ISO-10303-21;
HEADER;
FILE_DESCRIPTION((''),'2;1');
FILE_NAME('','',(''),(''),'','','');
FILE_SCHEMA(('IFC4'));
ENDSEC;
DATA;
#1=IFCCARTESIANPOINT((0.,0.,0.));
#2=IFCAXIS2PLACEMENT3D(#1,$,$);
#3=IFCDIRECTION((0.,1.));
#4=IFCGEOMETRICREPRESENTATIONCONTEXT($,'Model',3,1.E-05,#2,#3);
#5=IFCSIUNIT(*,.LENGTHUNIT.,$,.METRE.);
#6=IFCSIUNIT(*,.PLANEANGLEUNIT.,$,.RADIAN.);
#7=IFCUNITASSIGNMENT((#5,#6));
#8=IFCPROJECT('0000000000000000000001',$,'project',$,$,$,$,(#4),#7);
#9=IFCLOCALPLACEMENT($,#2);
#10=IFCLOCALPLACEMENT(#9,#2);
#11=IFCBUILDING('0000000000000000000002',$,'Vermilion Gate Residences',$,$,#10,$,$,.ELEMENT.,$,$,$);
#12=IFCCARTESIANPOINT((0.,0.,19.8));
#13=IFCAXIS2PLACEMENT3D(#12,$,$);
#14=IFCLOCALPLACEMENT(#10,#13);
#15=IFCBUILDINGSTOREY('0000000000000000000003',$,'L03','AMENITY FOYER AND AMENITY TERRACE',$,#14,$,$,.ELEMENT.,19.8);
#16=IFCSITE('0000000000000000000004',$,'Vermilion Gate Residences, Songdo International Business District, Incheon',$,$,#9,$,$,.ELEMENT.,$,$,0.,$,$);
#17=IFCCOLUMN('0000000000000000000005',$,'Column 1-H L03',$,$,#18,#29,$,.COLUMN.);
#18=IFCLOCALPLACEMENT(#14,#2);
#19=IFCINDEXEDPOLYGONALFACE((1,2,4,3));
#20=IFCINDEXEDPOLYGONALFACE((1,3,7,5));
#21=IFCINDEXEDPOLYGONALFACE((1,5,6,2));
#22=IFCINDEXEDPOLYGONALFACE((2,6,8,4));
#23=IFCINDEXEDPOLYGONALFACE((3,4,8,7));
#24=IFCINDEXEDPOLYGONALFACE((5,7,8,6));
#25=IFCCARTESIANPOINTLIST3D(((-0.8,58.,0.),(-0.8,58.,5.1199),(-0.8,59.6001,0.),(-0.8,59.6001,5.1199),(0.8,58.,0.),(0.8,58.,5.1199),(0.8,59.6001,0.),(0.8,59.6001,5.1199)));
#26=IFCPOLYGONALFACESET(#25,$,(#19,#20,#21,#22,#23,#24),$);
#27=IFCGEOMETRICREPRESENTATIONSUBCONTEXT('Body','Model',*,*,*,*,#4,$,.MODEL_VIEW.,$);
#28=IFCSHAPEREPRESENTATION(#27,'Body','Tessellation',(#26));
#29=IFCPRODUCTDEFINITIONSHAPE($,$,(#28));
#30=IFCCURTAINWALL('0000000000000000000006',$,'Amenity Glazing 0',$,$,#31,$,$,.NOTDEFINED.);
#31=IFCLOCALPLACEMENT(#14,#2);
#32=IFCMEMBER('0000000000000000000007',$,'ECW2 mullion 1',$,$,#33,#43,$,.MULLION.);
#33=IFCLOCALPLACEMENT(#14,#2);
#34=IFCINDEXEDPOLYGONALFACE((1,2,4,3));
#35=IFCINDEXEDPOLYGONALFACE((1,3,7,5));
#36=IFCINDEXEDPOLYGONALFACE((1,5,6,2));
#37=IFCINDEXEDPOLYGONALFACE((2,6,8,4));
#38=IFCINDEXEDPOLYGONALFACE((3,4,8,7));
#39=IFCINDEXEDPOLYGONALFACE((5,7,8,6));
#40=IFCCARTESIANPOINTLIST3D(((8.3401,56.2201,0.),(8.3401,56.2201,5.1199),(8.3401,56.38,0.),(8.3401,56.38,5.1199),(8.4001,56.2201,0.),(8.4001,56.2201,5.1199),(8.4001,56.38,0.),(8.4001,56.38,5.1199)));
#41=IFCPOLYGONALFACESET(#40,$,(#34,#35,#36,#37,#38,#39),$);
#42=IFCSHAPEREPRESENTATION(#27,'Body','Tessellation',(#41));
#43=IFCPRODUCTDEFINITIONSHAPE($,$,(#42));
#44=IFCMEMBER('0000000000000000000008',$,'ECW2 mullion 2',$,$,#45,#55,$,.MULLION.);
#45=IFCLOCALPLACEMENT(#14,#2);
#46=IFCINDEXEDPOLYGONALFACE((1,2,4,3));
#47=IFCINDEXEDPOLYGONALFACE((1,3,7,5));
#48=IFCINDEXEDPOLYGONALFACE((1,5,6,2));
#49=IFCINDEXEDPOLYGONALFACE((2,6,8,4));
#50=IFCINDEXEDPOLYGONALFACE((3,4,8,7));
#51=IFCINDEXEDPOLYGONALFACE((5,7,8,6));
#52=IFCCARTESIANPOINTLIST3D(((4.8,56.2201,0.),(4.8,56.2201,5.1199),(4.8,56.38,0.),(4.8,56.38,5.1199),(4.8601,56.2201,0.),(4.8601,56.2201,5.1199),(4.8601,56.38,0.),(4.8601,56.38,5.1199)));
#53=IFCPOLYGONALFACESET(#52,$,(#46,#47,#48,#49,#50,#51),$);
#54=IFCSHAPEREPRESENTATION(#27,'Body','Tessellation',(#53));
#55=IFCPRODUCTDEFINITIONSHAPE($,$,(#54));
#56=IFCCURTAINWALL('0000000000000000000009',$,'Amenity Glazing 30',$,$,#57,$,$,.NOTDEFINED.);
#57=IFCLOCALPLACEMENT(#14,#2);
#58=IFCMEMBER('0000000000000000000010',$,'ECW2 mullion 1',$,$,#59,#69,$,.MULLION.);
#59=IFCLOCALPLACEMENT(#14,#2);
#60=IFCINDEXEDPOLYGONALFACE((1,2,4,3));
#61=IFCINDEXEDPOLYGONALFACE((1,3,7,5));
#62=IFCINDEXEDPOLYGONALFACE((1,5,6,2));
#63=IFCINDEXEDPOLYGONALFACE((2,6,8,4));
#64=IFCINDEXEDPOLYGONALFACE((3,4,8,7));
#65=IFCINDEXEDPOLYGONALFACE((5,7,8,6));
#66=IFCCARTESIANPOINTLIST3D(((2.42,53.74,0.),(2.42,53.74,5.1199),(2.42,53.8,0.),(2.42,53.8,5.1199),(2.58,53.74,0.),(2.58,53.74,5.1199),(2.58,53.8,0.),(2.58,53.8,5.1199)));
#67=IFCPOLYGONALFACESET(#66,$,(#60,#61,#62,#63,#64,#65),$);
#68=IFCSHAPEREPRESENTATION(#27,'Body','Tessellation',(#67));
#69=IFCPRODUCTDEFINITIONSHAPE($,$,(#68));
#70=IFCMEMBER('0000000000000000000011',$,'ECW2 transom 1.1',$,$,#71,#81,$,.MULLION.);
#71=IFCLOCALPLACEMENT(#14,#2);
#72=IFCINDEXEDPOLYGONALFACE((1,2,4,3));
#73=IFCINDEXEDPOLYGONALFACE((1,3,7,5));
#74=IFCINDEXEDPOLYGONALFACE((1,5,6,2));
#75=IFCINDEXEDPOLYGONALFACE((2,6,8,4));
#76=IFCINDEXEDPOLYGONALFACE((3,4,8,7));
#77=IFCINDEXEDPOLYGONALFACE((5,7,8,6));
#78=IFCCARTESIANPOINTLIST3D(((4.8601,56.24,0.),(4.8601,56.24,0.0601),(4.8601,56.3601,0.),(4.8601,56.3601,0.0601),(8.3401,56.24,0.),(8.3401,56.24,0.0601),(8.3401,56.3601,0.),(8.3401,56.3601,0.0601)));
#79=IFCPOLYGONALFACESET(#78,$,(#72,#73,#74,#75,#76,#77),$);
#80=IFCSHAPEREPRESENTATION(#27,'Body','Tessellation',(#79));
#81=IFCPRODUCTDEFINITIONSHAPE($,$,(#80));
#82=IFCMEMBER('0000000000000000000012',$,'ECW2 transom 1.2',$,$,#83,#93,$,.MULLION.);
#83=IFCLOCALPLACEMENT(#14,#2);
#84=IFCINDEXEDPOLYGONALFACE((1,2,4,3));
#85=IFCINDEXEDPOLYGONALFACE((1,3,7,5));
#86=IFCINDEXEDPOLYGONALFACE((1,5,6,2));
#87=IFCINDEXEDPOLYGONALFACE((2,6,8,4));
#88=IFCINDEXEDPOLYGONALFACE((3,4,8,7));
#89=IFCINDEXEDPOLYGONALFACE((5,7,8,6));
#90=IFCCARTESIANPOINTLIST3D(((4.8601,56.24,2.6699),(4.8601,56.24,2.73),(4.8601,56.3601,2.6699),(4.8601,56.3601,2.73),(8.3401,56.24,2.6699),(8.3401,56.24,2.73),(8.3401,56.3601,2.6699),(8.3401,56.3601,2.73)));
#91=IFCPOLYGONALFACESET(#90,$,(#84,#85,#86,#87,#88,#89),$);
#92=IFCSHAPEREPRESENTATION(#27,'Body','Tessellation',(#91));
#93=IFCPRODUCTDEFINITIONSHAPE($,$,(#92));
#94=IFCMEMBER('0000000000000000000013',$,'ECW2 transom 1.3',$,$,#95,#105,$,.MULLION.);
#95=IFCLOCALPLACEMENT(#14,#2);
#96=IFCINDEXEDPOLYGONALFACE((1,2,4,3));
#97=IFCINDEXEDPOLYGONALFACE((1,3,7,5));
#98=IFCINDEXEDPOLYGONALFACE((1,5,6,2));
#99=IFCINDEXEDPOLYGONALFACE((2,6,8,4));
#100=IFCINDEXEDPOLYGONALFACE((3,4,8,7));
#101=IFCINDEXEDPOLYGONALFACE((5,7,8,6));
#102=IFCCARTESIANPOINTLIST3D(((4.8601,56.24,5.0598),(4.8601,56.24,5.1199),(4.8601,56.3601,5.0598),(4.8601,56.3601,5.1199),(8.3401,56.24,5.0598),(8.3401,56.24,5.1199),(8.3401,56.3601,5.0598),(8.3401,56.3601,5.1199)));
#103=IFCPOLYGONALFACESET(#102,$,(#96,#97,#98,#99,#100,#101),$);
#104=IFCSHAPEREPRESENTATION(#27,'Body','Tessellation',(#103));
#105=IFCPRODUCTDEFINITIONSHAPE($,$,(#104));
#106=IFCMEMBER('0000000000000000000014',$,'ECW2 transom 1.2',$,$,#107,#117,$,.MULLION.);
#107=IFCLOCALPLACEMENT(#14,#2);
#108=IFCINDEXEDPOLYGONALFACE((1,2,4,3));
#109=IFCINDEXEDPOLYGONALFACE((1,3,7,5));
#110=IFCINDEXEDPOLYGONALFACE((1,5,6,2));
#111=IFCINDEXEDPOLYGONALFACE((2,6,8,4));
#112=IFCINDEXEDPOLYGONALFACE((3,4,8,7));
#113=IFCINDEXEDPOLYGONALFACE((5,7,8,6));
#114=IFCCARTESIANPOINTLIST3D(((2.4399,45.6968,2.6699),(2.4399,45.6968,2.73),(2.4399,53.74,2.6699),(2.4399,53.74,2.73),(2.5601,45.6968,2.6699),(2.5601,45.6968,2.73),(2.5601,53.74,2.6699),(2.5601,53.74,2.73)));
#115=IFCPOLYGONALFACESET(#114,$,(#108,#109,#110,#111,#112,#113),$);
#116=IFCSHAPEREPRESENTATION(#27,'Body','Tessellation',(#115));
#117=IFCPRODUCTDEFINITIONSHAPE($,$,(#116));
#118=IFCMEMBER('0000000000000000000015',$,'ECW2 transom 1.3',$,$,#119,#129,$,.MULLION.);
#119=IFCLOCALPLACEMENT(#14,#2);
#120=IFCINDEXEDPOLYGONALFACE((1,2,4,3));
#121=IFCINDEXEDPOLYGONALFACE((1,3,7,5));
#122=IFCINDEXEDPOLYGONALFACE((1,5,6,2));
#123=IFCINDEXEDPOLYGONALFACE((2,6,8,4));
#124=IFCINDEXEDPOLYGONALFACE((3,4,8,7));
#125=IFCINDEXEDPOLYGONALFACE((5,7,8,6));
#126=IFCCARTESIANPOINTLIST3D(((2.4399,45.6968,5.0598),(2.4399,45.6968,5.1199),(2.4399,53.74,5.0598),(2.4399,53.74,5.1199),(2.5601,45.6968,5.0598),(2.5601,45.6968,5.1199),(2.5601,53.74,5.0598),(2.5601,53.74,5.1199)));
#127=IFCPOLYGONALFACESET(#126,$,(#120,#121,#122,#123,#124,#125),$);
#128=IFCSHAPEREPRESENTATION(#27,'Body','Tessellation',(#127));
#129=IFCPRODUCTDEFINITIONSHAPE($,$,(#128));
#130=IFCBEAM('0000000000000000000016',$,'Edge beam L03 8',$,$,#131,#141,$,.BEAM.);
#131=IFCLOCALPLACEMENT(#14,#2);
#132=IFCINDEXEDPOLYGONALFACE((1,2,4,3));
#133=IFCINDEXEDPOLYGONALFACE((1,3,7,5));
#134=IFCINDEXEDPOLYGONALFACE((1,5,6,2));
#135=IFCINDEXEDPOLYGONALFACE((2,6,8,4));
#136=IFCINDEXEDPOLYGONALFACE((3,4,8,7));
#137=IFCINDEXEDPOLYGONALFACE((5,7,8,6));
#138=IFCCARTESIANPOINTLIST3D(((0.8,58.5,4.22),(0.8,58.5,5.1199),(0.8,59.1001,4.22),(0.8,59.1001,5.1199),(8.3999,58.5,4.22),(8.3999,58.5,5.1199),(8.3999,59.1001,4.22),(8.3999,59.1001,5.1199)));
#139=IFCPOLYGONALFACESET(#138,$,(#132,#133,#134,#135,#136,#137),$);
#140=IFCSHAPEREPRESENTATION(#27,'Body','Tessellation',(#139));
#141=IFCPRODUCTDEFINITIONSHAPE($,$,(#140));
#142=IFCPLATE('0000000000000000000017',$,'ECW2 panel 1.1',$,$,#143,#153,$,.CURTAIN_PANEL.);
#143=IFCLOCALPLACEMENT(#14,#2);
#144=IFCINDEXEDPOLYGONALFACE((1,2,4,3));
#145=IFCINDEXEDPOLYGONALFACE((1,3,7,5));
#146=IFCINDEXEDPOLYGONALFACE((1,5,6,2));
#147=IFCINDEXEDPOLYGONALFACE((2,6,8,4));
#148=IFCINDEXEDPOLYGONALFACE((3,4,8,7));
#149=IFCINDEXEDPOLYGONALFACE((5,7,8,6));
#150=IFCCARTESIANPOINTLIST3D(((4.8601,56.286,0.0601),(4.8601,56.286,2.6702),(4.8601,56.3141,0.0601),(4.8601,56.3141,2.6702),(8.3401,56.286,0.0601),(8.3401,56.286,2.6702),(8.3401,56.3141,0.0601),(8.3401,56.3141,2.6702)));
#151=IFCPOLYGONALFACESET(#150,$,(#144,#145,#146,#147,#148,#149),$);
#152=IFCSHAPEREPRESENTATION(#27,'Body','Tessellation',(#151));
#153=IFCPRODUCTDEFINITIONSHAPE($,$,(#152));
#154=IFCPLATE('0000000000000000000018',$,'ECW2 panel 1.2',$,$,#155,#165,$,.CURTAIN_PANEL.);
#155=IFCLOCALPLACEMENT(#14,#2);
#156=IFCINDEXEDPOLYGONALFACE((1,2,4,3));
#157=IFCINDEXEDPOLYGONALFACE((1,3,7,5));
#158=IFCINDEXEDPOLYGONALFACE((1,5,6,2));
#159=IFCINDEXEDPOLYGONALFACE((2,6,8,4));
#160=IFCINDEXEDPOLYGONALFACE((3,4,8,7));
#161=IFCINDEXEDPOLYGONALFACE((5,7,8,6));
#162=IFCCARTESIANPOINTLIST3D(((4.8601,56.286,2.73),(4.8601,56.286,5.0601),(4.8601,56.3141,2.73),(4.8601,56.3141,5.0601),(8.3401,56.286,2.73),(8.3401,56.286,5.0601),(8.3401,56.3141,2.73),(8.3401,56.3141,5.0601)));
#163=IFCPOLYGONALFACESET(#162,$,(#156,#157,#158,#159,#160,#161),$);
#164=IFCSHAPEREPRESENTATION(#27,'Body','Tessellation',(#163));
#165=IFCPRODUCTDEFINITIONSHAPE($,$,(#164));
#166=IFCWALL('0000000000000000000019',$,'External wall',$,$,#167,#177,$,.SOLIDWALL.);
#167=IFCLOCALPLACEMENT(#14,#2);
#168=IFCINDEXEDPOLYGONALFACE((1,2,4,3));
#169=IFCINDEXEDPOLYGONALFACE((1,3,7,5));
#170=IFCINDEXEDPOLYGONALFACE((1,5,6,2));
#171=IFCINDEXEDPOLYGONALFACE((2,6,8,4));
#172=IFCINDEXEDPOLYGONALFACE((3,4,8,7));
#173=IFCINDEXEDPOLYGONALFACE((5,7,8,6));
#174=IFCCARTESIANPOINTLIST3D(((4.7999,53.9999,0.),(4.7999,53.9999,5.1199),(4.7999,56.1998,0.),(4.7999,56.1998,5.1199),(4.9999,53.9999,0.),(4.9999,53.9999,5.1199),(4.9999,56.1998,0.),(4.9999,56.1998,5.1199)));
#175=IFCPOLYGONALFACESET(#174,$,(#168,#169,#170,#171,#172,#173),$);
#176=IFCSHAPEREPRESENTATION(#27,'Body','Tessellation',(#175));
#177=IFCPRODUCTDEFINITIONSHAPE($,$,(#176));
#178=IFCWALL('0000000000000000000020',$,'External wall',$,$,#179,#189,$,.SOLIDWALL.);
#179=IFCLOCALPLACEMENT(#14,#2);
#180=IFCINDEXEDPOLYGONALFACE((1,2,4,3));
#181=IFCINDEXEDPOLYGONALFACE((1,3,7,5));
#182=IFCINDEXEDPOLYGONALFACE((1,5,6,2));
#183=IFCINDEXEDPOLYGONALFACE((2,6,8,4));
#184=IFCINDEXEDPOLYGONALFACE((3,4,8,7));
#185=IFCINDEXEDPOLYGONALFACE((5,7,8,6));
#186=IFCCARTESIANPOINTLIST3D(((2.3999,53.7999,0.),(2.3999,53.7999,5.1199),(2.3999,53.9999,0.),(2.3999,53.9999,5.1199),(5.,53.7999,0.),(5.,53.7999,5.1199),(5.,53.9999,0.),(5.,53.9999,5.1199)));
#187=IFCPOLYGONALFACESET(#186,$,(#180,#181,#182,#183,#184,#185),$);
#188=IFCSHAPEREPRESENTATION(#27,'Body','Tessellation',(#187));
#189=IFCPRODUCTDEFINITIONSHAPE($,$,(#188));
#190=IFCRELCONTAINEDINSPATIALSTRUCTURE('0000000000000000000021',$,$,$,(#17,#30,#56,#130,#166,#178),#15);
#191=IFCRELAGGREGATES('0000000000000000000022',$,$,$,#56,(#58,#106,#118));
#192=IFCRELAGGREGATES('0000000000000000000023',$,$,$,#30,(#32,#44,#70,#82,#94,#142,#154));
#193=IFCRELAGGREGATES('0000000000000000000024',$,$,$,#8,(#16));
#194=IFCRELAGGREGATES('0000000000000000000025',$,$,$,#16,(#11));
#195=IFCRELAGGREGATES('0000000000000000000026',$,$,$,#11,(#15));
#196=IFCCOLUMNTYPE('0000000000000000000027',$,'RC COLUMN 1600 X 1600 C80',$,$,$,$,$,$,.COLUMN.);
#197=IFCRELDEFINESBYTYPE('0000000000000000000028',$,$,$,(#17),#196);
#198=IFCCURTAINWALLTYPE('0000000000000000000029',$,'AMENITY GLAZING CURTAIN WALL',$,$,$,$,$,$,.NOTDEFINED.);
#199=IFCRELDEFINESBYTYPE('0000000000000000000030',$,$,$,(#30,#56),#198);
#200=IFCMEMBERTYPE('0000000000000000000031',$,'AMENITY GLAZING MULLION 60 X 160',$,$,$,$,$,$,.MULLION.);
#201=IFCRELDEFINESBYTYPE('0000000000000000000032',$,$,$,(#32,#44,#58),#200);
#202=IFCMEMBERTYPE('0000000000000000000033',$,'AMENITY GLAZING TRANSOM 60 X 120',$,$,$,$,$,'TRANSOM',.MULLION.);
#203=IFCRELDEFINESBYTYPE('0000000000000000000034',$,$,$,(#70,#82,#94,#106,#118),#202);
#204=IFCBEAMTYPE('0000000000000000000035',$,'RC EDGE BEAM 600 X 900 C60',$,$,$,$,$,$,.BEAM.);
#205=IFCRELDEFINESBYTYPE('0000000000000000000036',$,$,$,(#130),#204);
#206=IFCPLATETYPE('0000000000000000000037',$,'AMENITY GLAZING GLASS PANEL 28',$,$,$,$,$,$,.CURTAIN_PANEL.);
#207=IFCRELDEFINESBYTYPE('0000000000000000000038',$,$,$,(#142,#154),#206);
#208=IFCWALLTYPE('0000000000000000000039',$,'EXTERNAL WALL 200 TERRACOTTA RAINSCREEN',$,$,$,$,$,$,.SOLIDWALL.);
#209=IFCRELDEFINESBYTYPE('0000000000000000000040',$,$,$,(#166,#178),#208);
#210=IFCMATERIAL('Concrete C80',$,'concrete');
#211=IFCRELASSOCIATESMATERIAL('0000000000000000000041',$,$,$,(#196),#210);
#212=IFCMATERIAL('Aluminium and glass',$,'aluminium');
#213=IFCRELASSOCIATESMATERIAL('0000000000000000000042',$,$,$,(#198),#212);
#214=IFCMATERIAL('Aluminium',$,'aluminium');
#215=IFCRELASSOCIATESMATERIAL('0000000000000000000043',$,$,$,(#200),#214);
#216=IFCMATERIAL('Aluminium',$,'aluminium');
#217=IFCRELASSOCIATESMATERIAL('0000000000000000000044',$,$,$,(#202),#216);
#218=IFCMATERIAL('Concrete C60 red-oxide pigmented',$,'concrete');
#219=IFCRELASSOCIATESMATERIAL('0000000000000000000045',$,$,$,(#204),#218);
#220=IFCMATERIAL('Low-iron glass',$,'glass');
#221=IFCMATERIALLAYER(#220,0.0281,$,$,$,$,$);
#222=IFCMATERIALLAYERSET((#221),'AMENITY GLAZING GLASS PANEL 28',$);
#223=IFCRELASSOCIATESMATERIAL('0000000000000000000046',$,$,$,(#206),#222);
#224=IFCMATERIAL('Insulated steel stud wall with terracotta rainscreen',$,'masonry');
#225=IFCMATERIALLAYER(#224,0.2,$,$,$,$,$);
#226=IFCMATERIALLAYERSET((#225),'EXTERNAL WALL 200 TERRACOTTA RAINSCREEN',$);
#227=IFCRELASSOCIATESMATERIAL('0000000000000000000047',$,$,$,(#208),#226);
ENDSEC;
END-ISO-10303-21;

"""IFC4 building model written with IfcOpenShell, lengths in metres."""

from ifc_helpers import new_model, si_unit, direction, frame, frame_2d, origin, origin_2d, place, context, subcontext, project, spatial, rectangle, extrude, material, layer, layer_set, material_profile, profile_set, type_object, element, aggregate, save


model = new_model("IFC4")

# Units and contexts
model_context = context("Model", 3, precision=1e-05, world=origin(), true_north=direction((0.0, 1.0)))
body_context = subcontext(model_context, "Body", "Model", "MODEL_VIEW")
ifc_project = project(units=[si_unit("LENGTHUNIT", "METRE"), si_unit("PLANEANGLEUNIT", "RADIAN")], contexts=[model_context])

# Site, building, storey
site_placement = place(None, origin())
site = spatial("IfcSite", under=ifc_project, at=site_placement, Name="Vermilion Gate Residences, Songdo International Business District, Incheon", CompositionType="ELEMENT", RefElevation=0.0)
building_placement = place(site_placement, origin())
building = spatial("IfcBuilding", under=site, at=building_placement, Name="Vermilion Gate Residences", CompositionType="ELEMENT")
storey_placement = place(building_placement, frame((0.0, 0.0, 19.8)))
storey = spatial("IfcBuildingStorey", under=building, at=storey_placement, Name="L03", Description="AMENITY FOYER AND AMENITY TERRACE", CompositionType="ELEMENT", Elevation=19.8)

# Column
ifc_material_1 = material(Name="Concrete C80", Category="concrete")
ifc_material_profile_1 = material_profile(ifc_material_1, rectangle(XDim=1.6001, YDim=1.6001, at=origin_2d()), Name="RC-1600x1600")
ifc_profile_set_1 = profile_set([ifc_material_profile_1], Name="Concrete C80")
column_type = type_object("IfcColumnType", Name="RC COLUMN 1600 X 1600 C80", PredefinedType="COLUMN", material=ifc_profile_set_1)
column_placement = place(storey_placement, frame((0.0, 58.8, 0.0), z_axis=(0.0, 0.0, 1.0), x_axis=(1.0, 0.0, 0.0)))
element("IfcColumn", 1, at=column_placement, inside=storey, type_object=column_type, Name="Column 1-H L03", PredefinedType="COLUMN", context=body_context, shape_type="SweptSolid", body=[
    extrude(rectangle(XDim=1.6001, YDim=1.6001, at=origin_2d()), origin(), (0.0, 0.0, 1.0), 5.1199),
])

# Curtain wall, members
ifc_material_2 = material(Name="Aluminium and glass", Category="aluminium")
curtain_wall_type = type_object("IfcCurtainWallType", Name="AMENITY GLAZING CURTAIN WALL", PredefinedType="NOTDEFINED", material=ifc_material_2)
curtain_wall_1_placement = place(storey_placement, origin())
curtain_wall_1 = element("IfcCurtainWall", 2, at=curtain_wall_1_placement, inside=storey, type_object=curtain_wall_type, Name="Amenity Glazing 0", PredefinedType="NOTDEFINED")
ifc_material_3 = material(Name="Aluminium", Category="aluminium")
ifc_material_profile_2 = material_profile(ifc_material_3, rectangle(XDim=0.1599, YDim=0.0601, at=origin_2d()), Name="MULLION 60 X 160")
ifc_profile_set_2 = profile_set([ifc_material_profile_2], Name="Aluminium")
member_type_1 = type_object("IfcMemberType", Name="AMENITY GLAZING MULLION 60 X 160", PredefinedType="MULLION", material=ifc_profile_set_2)
member_1_placement = place(storey_placement, frame((8.3701, 56.3, 0.0), z_axis=(0.0, 0.0, 1.0), x_axis=(0.0, -1.0, 0.0)))
member_1 = element("IfcMember", 3, at=member_1_placement, type_object=member_type_1, Name="ECW2 mullion 1", PredefinedType="MULLION", context=body_context, shape_type="SweptSolid", body=[
    extrude(rectangle(XDim=0.1599, YDim=0.0601, at=origin_2d()), origin(), (0.0, 0.0, 1.0), 5.1199),
])
member_2_placement = place(storey_placement, frame((4.8301, 56.3, 0.0), z_axis=(0.0, 0.0, 1.0), x_axis=(0.0, -1.0, 0.0)))
member_2 = element("IfcMember", 4, at=member_2_placement, type_object=member_type_1, Name="ECW2 mullion 2", PredefinedType="MULLION", context=body_context, shape_type="SweptSolid", body=[
    extrude(rectangle(XDim=0.1599, YDim=0.0601, at=origin_2d()), origin(), (0.0, 0.0, 1.0), 5.1199),
])

# Curtain wall, member
curtain_wall_2_placement = place(storey_placement, origin())
curtain_wall_2 = element("IfcCurtainWall", 5, at=curtain_wall_2_placement, inside=storey, type_object=curtain_wall_type, Name="Amenity Glazing 30", PredefinedType="NOTDEFINED")
member_3_placement = place(storey_placement, frame((2.5, 53.77, 0.0), z_axis=(0.0, 0.0, 1.0), x_axis=(1.0, 0.0, 0.0)))
member_3 = element("IfcMember", 6, at=member_3_placement, type_object=member_type_1, Name="ECW2 mullion 1", PredefinedType="MULLION", context=body_context, shape_type="SweptSolid", body=[
    extrude(rectangle(XDim=0.1599, YDim=0.0601, at=origin_2d()), origin(), (0.0, 0.0, 1.0), 5.1199),
])

# Members
ifc_material_4 = material(Name="Aluminium", Category="aluminium")
ifc_material_profile_3 = material_profile(ifc_material_4, rectangle(XDim=0.1201, YDim=0.0601, at=origin_2d()), Name="TRANSOM 60 X 120")
ifc_profile_set_3 = profile_set([ifc_material_profile_3], Name="Aluminium")
member_type_2 = type_object("IfcMemberType", Name="AMENITY GLAZING TRANSOM 60 X 120", ElementType="TRANSOM", PredefinedType="MULLION", material=ifc_profile_set_3)
member_4_placement = place(storey_placement, frame((8.3401, 56.3, 0.03), z_axis=(-1.0, 0.0, 0.0), x_axis=(0.0, -1.0, 0.0)))
member_4 = element("IfcMember", 7, at=member_4_placement, type_object=member_type_2, Name="ECW2 transom 1.1", PredefinedType="MULLION", context=body_context, shape_type="SweptSolid", body=[
    extrude(rectangle(XDim=0.1201, YDim=0.0601, at=origin_2d()), origin(), (0.0, 0.0, 1.0), 3.48),
])
member_5_placement = place(storey_placement, frame((8.3401, 56.3, 2.7), z_axis=(-1.0, 0.0, 0.0), x_axis=(0.0, -1.0, 0.0)))
member_5 = element("IfcMember", 8, at=member_5_placement, type_object=member_type_2, Name="ECW2 transom 1.2", PredefinedType="MULLION", context=body_context, shape_type="SweptSolid", body=[
    extrude(rectangle(XDim=0.1201, YDim=0.0601, at=origin_2d()), origin(), (0.0, 0.0, 1.0), 3.48),
])
member_6_placement = place(storey_placement, frame((8.3401, 56.3, 5.0898), z_axis=(-1.0, 0.0, 0.0), x_axis=(0.0, -1.0, 0.0)))
member_6 = element("IfcMember", 9, at=member_6_placement, type_object=member_type_2, Name="ECW2 transom 1.3", PredefinedType="MULLION", context=body_context, shape_type="SweptSolid", body=[
    extrude(rectangle(XDim=0.1201, YDim=0.0601, at=origin_2d()), origin(), (0.0, 0.0, 1.0), 3.48),
])
member_7_placement = place(storey_placement, frame((2.5, 53.74, 2.7), z_axis=(0.0, -1.0, 0.0), x_axis=(1.0, 0.0, 0.0)))
member_7 = element("IfcMember", 10, at=member_7_placement, type_object=member_type_2, Name="ECW2 transom 1.2", PredefinedType="MULLION", context=body_context, shape_type="SweptSolid", body=[
    extrude(rectangle(XDim=0.1201, YDim=0.0601, at=origin_2d()), origin(), (0.0, 0.0, 1.0), 8.0432),
])
member_8_placement = place(storey_placement, frame((2.5, 53.74, 5.0898), z_axis=(0.0, -1.0, 0.0), x_axis=(1.0, 0.0, 0.0)))
member_8 = element("IfcMember", 11, at=member_8_placement, type_object=member_type_2, Name="ECW2 transom 1.3", PredefinedType="MULLION", context=body_context, shape_type="SweptSolid", body=[
    extrude(rectangle(XDim=0.1201, YDim=0.0601, at=origin_2d()), origin(), (0.0, 0.0, 1.0), 8.0432),
])
aggregate(curtain_wall_2, [member_3, member_7, member_8])

# Beam
ifc_material_5 = material(Name="Concrete C60 red-oxide pigmented", Category="concrete")
ifc_material_profile_4 = material_profile(ifc_material_5, rectangle(XDim=0.6001, YDim=0.8999, at=origin_2d()), Name="RC-600x900")
ifc_profile_set_4 = profile_set([ifc_material_profile_4], Name="Concrete C60 red-oxide pigmented")
beam_type = type_object("IfcBeamType", Name="RC EDGE BEAM 600 X 900 C60", PredefinedType="BEAM", material=ifc_profile_set_4)
beam_placement = place(storey_placement, frame((0.8, 58.8, 4.6699), z_axis=(1.0, 0.0, 0.0), x_axis=(0.0, 1.0, 0.0)))
element("IfcBeam", 12, at=beam_placement, inside=storey, type_object=beam_type, Name="Edge beam L03 8", PredefinedType="BEAM", context=body_context, shape_type="SweptSolid", body=[
    extrude(rectangle(XDim=0.6001, YDim=0.8999, at=origin_2d()), origin(), (0.0, 0.0, 1.0), 7.5999),
])

# Plates
ifc_material_6 = material(Name="Low-iron glass", Category="glass")
ifc_layer_1 = layer(ifc_material_6, 0.0281)
ifc_layer_set_1 = layer_set([ifc_layer_1], Name="AMENITY GLAZING GLASS PANEL 28")
plate_type = type_object("IfcPlateType", Name="AMENITY GLAZING GLASS PANEL 28", PredefinedType="CURTAIN_PANEL", material=ifc_layer_set_1)
plate_1_placement = place(storey_placement, frame((6.6001, 56.3, 0.0601), z_axis=(0.0, 0.0, 1.0), x_axis=(-1.0, 0.0, 0.0)))
plate_1 = element("IfcPlate", 13, at=plate_1_placement, type_object=plate_type, Name="ECW2 panel 1.1", PredefinedType="CURTAIN_PANEL", context=body_context, shape_type="SweptSolid", body=[
    extrude(rectangle(XDim=3.48, YDim=0.0281, at=origin_2d()), origin(), (0.0, 0.0, 1.0), 2.6101),
])
plate_2_placement = place(storey_placement, frame((6.6001, 56.3, 2.73), z_axis=(0.0, 0.0, 1.0), x_axis=(-1.0, 0.0, 0.0)))
plate_2 = element("IfcPlate", 14, at=plate_2_placement, type_object=plate_type, Name="ECW2 panel 1.2", PredefinedType="CURTAIN_PANEL", context=body_context, shape_type="SweptSolid", body=[
    extrude(rectangle(XDim=3.48, YDim=0.0281, at=origin_2d()), origin(), (0.0, 0.0, 1.0), 2.3301),
])
aggregate(curtain_wall_1, [member_1, member_2, member_4, member_5, member_6, plate_1, plate_2])

# Walls
ifc_material_7 = material(Name="Insulated steel stud wall with terracotta rainscreen", Category="masonry")
ifc_layer_2 = layer(ifc_material_7, 0.2)
ifc_layer_set_2 = layer_set([ifc_layer_2], Name="EXTERNAL WALL 200 TERRACOTTA RAINSCREEN")
wall_type_1 = type_object("IfcWallType", Name="EXTERNAL WALL 200 TERRACOTTA RAINSCREEN", PredefinedType="SOLIDWALL", material=ifc_layer_set_2)
wall_1_placement = place(storey_placement, frame((4.8999, 56.2, 0.0), z_axis=(0.0, 0.0, 1.0), x_axis=(0.0, -1.0, 0.0)))
element("IfcWall", 15, at=wall_1_placement, inside=storey, type_object=wall_type_1, Name="External wall", PredefinedType="SOLIDWALL", context=body_context, shape_type="SweptSolid", body=[
    extrude(rectangle(XDim=2.2, YDim=0.2, at=frame_2d((1.1001, 0.0))), origin(), (0.0, 0.0, 1.0), 5.1199),
])
wall_2_placement = place(storey_placement, frame((5.0, 53.8999, 0.0), z_axis=(0.0, 0.0, 1.0), x_axis=(-1.0, 0.0, 0.0)))
element("IfcWall", 16, at=wall_2_placement, inside=storey, type_object=wall_type_1, Name="External wall", PredefinedType="SOLIDWALL", context=body_context, shape_type="SweptSolid", body=[
    extrude(rectangle(XDim=2.6001, YDim=0.2, at=frame_2d((1.3, 0.0))), origin(), (0.0, 0.0, 1.0), 5.1199),
])

save(model, "model.ifc")
